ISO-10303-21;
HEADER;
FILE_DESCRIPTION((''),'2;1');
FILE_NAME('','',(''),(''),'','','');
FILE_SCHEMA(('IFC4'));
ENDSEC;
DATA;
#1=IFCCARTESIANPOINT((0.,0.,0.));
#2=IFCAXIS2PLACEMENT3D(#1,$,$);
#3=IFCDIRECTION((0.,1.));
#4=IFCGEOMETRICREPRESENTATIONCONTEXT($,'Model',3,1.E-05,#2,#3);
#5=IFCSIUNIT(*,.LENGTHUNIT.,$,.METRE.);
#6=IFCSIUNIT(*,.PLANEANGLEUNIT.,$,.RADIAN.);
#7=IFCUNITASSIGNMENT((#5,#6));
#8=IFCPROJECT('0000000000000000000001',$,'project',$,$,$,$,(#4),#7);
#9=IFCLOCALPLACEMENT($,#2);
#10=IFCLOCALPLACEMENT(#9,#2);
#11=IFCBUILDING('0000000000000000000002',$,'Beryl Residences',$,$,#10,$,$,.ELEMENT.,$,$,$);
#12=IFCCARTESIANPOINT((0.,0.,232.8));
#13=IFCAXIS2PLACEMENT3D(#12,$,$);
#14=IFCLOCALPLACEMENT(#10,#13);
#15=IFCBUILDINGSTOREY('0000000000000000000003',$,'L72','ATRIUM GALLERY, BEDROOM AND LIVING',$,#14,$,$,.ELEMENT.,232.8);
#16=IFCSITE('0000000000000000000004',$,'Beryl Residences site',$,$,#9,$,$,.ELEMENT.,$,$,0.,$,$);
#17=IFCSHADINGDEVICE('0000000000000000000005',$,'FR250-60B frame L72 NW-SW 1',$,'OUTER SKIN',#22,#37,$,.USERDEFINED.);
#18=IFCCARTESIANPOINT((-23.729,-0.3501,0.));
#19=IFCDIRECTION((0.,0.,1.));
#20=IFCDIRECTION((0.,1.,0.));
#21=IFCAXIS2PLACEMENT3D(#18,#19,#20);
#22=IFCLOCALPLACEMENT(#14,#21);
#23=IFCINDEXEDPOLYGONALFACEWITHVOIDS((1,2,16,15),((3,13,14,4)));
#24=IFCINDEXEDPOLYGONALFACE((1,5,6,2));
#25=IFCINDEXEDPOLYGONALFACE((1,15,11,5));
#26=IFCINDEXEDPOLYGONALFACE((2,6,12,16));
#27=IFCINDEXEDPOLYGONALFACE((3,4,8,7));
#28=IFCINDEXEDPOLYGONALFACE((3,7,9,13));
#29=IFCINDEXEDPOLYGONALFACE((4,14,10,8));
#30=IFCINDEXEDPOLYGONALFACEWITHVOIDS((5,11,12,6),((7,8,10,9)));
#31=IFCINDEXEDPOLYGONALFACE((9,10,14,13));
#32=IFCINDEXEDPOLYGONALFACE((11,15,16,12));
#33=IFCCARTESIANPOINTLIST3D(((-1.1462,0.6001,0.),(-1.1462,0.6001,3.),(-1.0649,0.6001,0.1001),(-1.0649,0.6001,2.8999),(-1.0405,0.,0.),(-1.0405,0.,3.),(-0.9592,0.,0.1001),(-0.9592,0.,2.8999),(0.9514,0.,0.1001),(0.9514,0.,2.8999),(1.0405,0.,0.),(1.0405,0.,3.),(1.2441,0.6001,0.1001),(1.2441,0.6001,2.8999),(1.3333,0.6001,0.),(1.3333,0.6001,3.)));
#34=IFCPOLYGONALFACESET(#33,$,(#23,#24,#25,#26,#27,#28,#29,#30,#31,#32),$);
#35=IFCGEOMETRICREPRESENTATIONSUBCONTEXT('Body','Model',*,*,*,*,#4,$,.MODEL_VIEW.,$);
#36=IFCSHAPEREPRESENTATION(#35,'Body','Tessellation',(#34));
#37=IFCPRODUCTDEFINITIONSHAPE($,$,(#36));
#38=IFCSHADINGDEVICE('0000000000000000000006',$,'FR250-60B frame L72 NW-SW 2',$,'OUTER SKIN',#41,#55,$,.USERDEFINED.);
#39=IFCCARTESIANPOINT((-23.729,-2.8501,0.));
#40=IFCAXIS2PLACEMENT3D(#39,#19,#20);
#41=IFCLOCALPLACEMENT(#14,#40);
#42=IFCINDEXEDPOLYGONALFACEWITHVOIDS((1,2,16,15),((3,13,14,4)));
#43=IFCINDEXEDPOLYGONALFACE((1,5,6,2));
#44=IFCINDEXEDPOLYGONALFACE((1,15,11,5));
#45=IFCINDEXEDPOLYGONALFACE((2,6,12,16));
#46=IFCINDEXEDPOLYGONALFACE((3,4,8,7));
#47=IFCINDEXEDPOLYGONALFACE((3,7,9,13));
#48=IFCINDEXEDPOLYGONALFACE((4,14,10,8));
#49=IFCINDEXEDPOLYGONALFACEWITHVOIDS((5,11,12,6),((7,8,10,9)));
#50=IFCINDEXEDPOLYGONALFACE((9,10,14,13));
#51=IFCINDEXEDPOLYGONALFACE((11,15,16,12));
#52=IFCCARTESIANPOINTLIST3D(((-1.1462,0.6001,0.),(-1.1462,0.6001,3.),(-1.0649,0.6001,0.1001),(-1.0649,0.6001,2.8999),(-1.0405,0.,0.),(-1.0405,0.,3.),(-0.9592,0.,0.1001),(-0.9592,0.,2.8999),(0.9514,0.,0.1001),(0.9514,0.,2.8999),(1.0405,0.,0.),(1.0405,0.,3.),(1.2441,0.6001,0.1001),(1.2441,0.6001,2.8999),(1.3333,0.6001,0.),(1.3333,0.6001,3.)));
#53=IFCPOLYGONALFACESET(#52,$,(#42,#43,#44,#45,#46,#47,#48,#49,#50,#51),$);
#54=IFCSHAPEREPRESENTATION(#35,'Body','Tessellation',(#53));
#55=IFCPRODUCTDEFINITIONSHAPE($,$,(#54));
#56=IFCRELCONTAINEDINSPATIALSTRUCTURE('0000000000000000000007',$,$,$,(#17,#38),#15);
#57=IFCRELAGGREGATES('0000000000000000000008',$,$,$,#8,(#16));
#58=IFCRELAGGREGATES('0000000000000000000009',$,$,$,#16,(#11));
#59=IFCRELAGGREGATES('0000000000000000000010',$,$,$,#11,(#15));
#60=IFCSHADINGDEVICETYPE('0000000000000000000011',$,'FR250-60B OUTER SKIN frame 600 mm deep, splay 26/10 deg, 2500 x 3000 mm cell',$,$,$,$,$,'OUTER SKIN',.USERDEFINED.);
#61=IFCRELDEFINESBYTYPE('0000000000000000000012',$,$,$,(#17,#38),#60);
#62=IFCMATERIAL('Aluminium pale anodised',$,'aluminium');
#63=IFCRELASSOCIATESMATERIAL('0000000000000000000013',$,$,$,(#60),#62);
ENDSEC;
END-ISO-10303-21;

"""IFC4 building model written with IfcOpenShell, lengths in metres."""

from ifc_helpers import new_model, entity, si_unit, direction, frame, origin, place, context, subcontext, project, spatial, source, transform, mapped, material, type_object, type_shapes, element, save


model = new_model("IFC4")

# Units and contexts
model_context = context("Model", 3, precision=1e-05, world=origin(), true_north=direction((0.0, 1.0)))
body_context = subcontext(model_context, "Body", "Model", "MODEL_VIEW")
ifc_project = project(units=[si_unit("LENGTHUNIT", "METRE"), si_unit("PLANEANGLEUNIT", "RADIAN")], contexts=[model_context])

# Site, building, storey
site_placement = place(None, origin())
site = spatial("IfcSite", under=ifc_project, at=site_placement, Name="Beryl Residences site", CompositionType="ELEMENT", RefElevation=0.0)
building_placement = place(site_placement, origin())
building = spatial("IfcBuilding", under=site, at=building_placement, Name="Beryl Residences", CompositionType="ELEMENT")
storey_placement = place(building_placement, frame((0.0, 0.0, 232.8)))
storey = spatial("IfcBuildingStorey", under=building, at=storey_placement, Name="L72", Description="ATRIUM GALLERY, BEDROOM AND LIVING", CompositionType="ELEMENT", Elevation=232.8)

# Shading devices
ifc_material_1 = material(Name="Aluminium pale anodised", Category="aluminium")
shading_device_type = type_object("IfcShadingDeviceType", Name="FR250-60B OUTER SKIN frame 600 mm deep, splay 26/10 deg, 2500 x 3000 mm cell", ElementType="OUTER SKIN", PredefinedType="USERDEFINED", material=ifc_material_1)
cartesian_point_1 = entity("IfcCartesianPoint", [-1.0405, 0.0])
cartesian_point_2 = entity("IfcCartesianPoint", [-0.9514, 0.1001])
cartesian_point_3 = entity("IfcCartesianPoint", [-1.3333, 0.0])
cartesian_point_4 = entity("IfcCartesianPoint", [-1.2441, 0.1001])
shared_shape_1 = source(origin(), body_context, "Body", "SweptSolid", [
    entity("IfcExtrudedAreaSolidTapered", entity("IfcArbitraryProfileDefWithVoids", "AREA", None, entity("IfcPolyline", [cartesian_point_1, entity("IfcCartesianPoint", [1.0405, 0.0]), entity("IfcCartesianPoint", [1.0405, 3.0]), entity("IfcCartesianPoint", [-1.0405, 3.0]), cartesian_point_1]), [entity("IfcPolyline", [cartesian_point_2, entity("IfcCartesianPoint", [0.9592, 0.1001]), entity("IfcCartesianPoint", [0.9592, 2.8999]), entity("IfcCartesianPoint", [-0.9514, 2.8999]), cartesian_point_2])]), entity("IfcAxis2Placement3D", entity("IfcCartesianPoint", [0.0, 0.0, 0.0]), entity("IfcDirection", [0.0, 1.0, 0.0]), entity("IfcDirection", [-1.0, 0.0, 0.0])), entity("IfcDirection", [0.0, 0.0, 1.0]), 0.6001, entity("IfcArbitraryProfileDefWithVoids", "AREA", None, entity("IfcPolyline", [cartesian_point_3, entity("IfcCartesianPoint", [1.1462, 0.0]), entity("IfcCartesianPoint", [1.1462, 3.0]), entity("IfcCartesianPoint", [-1.3333, 3.0]), cartesian_point_3]), [entity("IfcPolyline", [cartesian_point_4, entity("IfcCartesianPoint", [1.0649, 0.1001]), entity("IfcCartesianPoint", [1.0649, 2.8999]), entity("IfcCartesianPoint", [-1.2441, 2.8999]), cartesian_point_4])])),
])
type_shapes(shading_device_type, [shared_shape_1])
for number, where, z_axis, x_axis, name in (
    (1, (-23.729, -0.3501, 0.0), (0.0, 0.0, 1.0), (0.0, 1.0, 0.0), "FR250-60B frame L72 NW-SW 1"),
    (2, (-23.729, -2.8501, 0.0), (0.0, 0.0, 1.0), (0.0, 1.0, 0.0), "FR250-60B frame L72 NW-SW 2"),
):
    element("IfcShadingDevice", number, at=place(storey_placement, frame(where, z_axis=z_axis, x_axis=x_axis)), inside=storey, type_object=shading_device_type, Name=name, ObjectType="OUTER SKIN", PredefinedType="USERDEFINED", context=body_context, shape_type="MappedRepresentation", body=[
        mapped(shared_shape_1, transform((0.0, 0.0, 0.0))),
    ])

save(model, "model.ifc")
